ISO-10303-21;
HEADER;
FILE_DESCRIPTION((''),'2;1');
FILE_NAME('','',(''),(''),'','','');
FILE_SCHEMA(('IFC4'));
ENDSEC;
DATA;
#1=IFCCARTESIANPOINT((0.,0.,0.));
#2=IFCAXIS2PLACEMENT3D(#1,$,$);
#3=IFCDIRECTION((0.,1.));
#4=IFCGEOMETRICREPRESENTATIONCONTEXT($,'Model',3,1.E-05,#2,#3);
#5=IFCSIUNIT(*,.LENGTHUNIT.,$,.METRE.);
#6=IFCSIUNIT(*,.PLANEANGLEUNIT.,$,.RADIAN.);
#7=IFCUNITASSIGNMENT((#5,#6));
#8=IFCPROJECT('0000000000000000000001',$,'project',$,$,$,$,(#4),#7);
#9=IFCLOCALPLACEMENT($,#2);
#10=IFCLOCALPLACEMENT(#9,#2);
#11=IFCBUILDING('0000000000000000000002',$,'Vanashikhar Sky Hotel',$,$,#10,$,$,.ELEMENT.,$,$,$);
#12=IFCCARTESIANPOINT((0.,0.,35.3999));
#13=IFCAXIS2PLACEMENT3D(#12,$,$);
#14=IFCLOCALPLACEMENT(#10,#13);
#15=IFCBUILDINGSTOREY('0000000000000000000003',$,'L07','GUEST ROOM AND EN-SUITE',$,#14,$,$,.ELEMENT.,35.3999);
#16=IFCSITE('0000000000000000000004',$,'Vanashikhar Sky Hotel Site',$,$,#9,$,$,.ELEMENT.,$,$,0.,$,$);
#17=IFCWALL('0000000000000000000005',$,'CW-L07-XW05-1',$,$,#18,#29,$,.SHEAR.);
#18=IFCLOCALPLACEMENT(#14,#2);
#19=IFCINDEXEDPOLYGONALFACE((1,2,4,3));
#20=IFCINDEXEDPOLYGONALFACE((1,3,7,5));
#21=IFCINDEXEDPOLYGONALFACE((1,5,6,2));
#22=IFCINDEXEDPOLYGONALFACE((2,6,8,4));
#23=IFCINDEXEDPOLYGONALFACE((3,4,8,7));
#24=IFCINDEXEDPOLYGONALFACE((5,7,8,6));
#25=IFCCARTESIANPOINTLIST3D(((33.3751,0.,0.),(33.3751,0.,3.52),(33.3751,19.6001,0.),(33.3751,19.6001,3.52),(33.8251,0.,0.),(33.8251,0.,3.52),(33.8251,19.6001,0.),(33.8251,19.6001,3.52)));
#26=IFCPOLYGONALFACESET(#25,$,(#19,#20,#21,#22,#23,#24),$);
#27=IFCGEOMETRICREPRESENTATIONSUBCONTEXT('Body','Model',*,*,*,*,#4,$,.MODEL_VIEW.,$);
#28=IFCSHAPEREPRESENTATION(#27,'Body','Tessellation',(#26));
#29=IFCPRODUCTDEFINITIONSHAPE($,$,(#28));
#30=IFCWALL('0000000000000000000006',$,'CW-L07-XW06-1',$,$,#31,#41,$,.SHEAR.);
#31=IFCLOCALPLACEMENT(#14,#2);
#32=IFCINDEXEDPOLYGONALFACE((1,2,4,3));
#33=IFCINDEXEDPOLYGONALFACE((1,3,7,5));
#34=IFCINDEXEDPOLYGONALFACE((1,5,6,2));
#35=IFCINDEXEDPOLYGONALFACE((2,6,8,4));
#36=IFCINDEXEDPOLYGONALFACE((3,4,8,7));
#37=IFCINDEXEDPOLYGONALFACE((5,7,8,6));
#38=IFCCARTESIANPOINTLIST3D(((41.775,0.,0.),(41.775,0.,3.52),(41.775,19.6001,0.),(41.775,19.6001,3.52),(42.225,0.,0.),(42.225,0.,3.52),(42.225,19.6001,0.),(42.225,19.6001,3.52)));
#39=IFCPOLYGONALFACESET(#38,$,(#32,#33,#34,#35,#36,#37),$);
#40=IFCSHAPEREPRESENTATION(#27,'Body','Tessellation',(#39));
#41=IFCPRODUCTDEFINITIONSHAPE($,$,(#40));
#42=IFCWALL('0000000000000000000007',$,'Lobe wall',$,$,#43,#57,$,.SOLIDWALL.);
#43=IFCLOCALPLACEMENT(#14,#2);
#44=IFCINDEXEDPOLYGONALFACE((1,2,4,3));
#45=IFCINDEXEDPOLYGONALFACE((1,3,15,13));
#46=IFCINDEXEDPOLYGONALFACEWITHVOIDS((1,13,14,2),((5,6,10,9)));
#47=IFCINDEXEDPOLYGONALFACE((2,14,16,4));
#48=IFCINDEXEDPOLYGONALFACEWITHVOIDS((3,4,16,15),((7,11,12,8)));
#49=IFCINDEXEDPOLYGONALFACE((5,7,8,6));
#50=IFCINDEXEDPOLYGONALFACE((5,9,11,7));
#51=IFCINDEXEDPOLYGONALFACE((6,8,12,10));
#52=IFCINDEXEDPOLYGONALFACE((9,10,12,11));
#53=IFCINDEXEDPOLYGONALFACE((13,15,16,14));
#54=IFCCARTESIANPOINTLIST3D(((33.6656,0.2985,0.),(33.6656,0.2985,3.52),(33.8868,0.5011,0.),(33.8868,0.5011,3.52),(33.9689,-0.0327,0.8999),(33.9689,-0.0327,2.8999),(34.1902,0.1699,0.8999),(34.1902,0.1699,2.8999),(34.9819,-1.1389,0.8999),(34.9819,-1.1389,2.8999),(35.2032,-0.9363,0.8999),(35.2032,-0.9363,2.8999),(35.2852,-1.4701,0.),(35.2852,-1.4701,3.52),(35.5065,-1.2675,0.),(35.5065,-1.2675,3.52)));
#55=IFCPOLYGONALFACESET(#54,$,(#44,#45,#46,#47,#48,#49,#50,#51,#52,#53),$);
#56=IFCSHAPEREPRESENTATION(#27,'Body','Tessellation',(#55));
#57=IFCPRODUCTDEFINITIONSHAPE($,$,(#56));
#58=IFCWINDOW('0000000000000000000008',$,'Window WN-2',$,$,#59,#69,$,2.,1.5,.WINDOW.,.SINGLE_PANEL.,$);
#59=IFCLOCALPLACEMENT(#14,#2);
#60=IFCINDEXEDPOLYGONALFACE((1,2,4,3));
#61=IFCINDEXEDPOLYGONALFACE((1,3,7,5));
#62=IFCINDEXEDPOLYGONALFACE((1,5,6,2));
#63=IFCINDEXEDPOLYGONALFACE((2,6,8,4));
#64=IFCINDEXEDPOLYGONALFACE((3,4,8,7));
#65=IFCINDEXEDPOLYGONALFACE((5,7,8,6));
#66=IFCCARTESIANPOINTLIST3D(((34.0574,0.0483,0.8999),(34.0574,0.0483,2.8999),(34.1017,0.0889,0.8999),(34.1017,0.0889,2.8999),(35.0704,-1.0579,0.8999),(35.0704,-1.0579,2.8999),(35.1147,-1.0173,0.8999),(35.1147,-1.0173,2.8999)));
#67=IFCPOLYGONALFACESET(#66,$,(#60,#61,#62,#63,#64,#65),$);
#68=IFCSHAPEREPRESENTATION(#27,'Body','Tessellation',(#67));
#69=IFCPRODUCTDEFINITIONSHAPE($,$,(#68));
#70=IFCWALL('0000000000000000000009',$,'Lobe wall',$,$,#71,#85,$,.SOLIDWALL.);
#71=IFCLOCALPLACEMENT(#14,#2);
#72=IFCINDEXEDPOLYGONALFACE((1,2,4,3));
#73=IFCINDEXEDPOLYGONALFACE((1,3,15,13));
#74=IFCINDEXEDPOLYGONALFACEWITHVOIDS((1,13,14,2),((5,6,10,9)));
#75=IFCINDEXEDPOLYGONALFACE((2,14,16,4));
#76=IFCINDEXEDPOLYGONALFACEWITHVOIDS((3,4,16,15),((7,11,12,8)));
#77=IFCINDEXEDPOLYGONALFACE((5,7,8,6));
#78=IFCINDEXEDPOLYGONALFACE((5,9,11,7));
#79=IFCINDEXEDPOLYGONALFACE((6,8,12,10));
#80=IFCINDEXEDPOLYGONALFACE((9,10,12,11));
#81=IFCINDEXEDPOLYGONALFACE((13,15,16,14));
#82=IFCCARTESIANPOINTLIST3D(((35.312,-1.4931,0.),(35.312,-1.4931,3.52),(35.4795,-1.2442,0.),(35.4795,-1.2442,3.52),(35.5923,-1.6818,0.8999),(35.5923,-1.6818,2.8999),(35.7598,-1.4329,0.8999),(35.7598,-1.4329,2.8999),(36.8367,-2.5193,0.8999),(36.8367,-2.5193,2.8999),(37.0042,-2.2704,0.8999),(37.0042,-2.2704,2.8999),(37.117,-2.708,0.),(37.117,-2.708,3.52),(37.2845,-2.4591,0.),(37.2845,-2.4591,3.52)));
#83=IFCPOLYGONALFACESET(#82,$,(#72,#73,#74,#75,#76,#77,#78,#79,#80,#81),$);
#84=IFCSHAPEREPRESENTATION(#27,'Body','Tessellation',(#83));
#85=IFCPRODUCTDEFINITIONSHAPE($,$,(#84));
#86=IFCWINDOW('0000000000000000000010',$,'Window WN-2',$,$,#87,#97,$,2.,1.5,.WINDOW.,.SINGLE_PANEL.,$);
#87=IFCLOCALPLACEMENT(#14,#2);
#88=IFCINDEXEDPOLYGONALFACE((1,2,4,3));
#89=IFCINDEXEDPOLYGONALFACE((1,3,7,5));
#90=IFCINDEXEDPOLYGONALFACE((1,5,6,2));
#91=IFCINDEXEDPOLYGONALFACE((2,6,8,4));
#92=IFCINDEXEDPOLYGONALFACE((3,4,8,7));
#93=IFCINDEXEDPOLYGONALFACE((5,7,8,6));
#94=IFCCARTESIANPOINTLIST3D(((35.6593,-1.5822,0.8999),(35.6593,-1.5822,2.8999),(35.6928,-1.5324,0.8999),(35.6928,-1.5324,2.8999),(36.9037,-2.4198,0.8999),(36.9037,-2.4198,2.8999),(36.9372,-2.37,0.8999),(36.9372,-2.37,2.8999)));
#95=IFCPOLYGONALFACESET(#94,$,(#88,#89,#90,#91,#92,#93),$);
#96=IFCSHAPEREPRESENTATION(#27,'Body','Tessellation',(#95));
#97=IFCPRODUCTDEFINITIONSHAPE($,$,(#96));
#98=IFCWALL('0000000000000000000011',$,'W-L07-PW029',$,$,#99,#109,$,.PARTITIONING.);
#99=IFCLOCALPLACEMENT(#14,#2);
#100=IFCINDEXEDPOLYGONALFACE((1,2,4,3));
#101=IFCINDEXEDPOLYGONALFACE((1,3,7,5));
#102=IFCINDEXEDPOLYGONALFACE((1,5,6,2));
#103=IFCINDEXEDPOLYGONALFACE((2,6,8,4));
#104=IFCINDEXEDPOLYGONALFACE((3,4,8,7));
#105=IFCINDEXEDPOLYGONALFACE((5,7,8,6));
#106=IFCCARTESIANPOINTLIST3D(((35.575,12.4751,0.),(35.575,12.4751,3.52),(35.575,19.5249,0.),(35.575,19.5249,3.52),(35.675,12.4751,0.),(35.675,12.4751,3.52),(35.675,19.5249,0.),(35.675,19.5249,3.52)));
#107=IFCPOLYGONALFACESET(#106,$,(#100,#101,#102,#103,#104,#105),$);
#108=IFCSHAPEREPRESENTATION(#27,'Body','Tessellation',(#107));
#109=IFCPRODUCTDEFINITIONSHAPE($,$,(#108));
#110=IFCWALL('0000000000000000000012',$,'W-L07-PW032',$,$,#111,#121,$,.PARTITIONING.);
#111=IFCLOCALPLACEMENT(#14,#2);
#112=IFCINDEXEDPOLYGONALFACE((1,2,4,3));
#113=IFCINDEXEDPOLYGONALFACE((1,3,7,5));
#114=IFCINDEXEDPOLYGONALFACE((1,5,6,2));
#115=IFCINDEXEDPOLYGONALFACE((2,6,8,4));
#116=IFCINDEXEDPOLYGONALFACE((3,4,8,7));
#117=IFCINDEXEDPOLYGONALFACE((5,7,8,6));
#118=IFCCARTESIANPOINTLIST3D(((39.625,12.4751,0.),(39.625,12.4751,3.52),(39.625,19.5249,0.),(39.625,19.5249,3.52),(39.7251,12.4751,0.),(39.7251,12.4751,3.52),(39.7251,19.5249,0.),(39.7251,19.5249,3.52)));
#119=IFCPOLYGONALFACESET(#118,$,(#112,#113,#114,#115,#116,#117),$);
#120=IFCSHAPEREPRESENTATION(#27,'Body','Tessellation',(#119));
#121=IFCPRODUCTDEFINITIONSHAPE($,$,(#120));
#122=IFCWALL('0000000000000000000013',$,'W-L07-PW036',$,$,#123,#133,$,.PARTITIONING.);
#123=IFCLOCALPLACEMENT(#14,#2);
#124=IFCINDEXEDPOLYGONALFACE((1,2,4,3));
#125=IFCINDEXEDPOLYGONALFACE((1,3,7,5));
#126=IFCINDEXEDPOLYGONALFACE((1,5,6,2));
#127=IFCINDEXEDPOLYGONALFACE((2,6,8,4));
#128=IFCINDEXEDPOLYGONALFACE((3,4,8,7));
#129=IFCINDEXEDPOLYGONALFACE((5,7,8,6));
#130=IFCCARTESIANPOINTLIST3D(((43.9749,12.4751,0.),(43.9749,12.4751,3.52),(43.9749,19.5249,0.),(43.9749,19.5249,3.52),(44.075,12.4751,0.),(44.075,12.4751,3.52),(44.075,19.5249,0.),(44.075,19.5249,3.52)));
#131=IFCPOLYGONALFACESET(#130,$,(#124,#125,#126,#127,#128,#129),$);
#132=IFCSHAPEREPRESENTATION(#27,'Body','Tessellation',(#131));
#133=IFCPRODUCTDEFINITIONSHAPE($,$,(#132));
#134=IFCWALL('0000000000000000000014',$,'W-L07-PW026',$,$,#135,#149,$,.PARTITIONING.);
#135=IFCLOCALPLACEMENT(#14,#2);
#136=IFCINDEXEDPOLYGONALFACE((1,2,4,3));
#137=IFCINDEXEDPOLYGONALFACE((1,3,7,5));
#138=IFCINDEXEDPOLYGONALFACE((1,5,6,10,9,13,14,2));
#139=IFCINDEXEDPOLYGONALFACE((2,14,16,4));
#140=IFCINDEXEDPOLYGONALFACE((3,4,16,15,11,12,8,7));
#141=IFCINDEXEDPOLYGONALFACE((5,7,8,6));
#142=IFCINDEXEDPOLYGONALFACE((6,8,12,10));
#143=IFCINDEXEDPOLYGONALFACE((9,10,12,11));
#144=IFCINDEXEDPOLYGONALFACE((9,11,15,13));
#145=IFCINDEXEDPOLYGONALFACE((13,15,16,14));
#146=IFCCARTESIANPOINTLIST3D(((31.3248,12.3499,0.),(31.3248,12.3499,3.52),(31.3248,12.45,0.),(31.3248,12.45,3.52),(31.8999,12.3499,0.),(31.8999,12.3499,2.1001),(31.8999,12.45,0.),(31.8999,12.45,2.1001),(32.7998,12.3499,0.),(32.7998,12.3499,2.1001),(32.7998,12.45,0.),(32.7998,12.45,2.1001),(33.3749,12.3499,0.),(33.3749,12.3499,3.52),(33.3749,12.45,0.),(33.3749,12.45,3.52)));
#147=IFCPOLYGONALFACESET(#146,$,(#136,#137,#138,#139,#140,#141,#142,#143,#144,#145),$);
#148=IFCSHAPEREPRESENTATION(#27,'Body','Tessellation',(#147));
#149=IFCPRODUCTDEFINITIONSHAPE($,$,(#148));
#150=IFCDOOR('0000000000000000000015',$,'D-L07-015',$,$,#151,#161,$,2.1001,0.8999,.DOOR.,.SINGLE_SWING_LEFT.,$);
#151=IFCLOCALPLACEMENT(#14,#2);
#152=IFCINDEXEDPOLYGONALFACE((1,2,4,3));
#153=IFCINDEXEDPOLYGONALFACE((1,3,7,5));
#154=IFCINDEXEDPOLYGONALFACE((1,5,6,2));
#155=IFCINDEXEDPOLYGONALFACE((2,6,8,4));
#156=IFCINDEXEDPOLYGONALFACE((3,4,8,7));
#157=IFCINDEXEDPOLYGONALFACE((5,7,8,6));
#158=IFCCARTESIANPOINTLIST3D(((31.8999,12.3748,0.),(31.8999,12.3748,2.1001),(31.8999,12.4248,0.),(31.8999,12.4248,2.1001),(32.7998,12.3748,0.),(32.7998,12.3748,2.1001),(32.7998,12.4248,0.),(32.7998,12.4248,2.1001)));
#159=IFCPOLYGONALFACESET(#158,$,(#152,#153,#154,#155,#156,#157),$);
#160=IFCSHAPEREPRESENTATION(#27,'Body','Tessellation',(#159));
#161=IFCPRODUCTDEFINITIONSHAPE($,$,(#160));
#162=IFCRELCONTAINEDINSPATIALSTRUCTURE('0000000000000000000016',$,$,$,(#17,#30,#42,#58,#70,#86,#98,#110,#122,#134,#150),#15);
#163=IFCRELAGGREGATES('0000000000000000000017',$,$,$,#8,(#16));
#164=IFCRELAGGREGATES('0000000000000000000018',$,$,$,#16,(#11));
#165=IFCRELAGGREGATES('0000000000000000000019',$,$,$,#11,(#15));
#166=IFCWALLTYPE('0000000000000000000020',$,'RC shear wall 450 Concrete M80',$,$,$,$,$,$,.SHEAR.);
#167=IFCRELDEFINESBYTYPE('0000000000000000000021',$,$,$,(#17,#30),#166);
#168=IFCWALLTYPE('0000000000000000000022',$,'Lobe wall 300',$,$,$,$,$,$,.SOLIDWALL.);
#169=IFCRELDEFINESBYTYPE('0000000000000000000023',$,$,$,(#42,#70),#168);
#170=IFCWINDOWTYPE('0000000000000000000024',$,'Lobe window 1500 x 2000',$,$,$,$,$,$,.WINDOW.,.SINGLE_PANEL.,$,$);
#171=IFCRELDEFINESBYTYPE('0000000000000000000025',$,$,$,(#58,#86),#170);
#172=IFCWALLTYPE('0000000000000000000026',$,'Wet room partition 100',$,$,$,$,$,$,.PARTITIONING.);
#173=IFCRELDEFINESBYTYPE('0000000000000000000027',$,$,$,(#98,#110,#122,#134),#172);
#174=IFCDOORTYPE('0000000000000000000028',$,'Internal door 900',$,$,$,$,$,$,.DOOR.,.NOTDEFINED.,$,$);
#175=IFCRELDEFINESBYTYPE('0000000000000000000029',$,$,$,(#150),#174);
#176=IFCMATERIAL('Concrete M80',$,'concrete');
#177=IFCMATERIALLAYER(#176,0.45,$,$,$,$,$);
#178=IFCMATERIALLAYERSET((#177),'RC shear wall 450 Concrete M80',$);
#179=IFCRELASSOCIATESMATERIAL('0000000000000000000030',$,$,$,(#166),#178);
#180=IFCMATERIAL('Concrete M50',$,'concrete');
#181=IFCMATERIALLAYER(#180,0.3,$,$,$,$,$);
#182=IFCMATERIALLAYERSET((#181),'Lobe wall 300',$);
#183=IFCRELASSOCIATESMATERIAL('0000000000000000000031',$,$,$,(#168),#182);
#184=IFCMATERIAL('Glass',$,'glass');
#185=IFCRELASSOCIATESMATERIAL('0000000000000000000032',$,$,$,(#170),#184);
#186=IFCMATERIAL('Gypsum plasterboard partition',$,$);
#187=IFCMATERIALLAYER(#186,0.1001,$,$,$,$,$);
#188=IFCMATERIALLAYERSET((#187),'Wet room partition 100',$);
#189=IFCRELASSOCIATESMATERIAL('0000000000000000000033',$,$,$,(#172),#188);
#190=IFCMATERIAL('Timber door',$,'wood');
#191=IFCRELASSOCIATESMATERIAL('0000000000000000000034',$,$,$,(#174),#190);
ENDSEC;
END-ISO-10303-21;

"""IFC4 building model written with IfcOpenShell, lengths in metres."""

from ifc_helpers import new_model, si_unit, direction, frame, frame_2d, origin, place, context, subcontext, project, spatial, rectangle, extrude, source, transform, mapped, material, layer, layer_set, type_object, element, fill, save


model = new_model("IFC4")

# Units and contexts
model_context = context("Model", 3, precision=1e-05, world=origin(), true_north=direction((0.0, 1.0)))
body_context = subcontext(model_context, "Body", "Model", "MODEL_VIEW")
ifc_project = project(units=[si_unit("LENGTHUNIT", "METRE"), si_unit("PLANEANGLEUNIT", "RADIAN")], contexts=[model_context])

# Site, building, storey
site_placement = place(None, origin())
site = spatial("IfcSite", under=ifc_project, at=site_placement, Name="Vanashikhar Sky Hotel Site", CompositionType="ELEMENT", RefElevation=0.0)
building_placement = place(site_placement, origin())
building = spatial("IfcBuilding", under=site, at=building_placement, Name="Vanashikhar Sky Hotel", CompositionType="ELEMENT")
storey_placement = place(building_placement, frame((0.0, 0.0, 35.3999)))
storey = spatial("IfcBuildingStorey", under=building, at=storey_placement, Name="L07", Description="GUEST ROOM AND EN-SUITE", CompositionType="ELEMENT", Elevation=35.3999)

# Walls
ifc_material_1 = material(Name="Concrete M80", Category="concrete")
ifc_layer_1 = layer(ifc_material_1, 0.45)
ifc_layer_set_1 = layer_set([ifc_layer_1], Name="RC shear wall 450 Concrete M80")
wall_type_1 = type_object("IfcWallType", Name="RC shear wall 450 Concrete M80", PredefinedType="SHEAR", material=ifc_layer_set_1)
shared_shape_1 = source(origin(), body_context, "Body", "SweptSolid", [
    extrude(rectangle(XDim=19.6001, YDim=0.45, at=frame_2d((9.8, 0.0))), origin(), (0.0, 0.0, 1.0), 3.52),
])
for number, where, z_axis, x_axis, name in (
    (1, (33.6001, 0.0, 0.0), (0.0, 0.0, 1.0), (0.0, 1.0, 0.0), "CW-L07-XW05-1"),
    (2, (42.0, 0.0, 0.0), (0.0, 0.0, 1.0), (0.0, 1.0, 0.0), "CW-L07-XW06-1"),
):
    element("IfcWall", number, at=place(storey_placement, frame(where, z_axis=z_axis, x_axis=x_axis)), inside=storey, type_object=wall_type_1, Name=name, PredefinedType="SHEAR", context=body_context, shape_type="MappedRepresentation", body=[
        mapped(shared_shape_1, transform((0.0, 0.0, 0.0), scale=1.0)),
    ])

# Walls, openings, windows
ifc_material_2 = material(Name="Concrete M50", Category="concrete")
ifc_layer_2 = layer(ifc_material_2, 0.3)
ifc_layer_set_2 = layer_set([ifc_layer_2], Name="Lobe wall 300")
wall_type_2 = type_object("IfcWallType", Name="Lobe wall 300", PredefinedType="SOLIDWALL", material=ifc_layer_set_2)
shared_shape_2 = source(origin(), body_context, "Body", "SweptSolid", [
    extrude(rectangle(XDim=2.3982, YDim=0.3, at=frame_2d((1.1992, 0.0))), origin(), (0.0, 0.0, 1.0), 3.52),
])
wall_1_placement = place(storey_placement, frame((33.7761, 0.3999, 0.0), z_axis=(0.0, 0.0, 1.0), x_axis=(0.675374, -0.737475, 0.0)))
wall_1 = element("IfcWall", 3, at=wall_1_placement, inside=storey, type_object=wall_type_2, Name="Lobe wall", PredefinedType="SOLIDWALL", context=body_context, shape_type="MappedRepresentation", body=[
    mapped(shared_shape_2, transform((0.0, 0.0, 0.0), scale=1.0)),
])
shared_shape_3 = source(origin(), body_context, "Body", "SweptSolid", [
    extrude(rectangle(XDim=1.5, YDim=2.0, at=frame_2d((0.75, 1.0))), frame((0.0, 0.1602, 0.0), z_axis=(0.0, -1.0, 0.0), x_axis=(1.0, 0.0, 0.0)), (0.0, 0.0, 1.0), 0.3201),
])
opening_1_placement = place(wall_1_placement, frame((0.4492, 0.0, 0.8999)))
opening_1 = element("IfcOpeningElement", 4, at=opening_1_placement, cuts=wall_1, PredefinedType="OPENING", context=body_context, shape_type="MappedRepresentation", body=[
    mapped(shared_shape_3, transform((0.0, 0.0, 0.0), scale=1.0)),
])
ifc_material_3 = material(Name="Glass", Category="glass")
window_type = type_object("IfcWindowType", Name="Lobe window 1500 x 2000", PartitioningType="SINGLE_PANEL", PredefinedType="WINDOW", material=ifc_material_3)
shared_shape_4 = source(origin(), body_context, "Body", "SweptSolid", [
    extrude(rectangle(XDim=1.5, YDim=2.0, at=frame_2d((0.75, 1.0))), frame((0.0, 0.03, 0.0), z_axis=(0.0, -1.0, 0.0), x_axis=(1.0, 0.0, 0.0)), (0.0, 0.0, 1.0), 0.0601),
])
window_1_placement = place(opening_1_placement, origin())
window_1 = element("IfcWindow", 5, at=window_1_placement, inside=storey, type_object=window_type, Name="Window WN-2", OverallHeight=2.0, OverallWidth=1.5, PartitioningType="SINGLE_PANEL", PredefinedType="WINDOW", context=body_context, shape_type="MappedRepresentation", body=[
    mapped(shared_shape_4, transform((0.0, 0.0, 0.0), scale=1.0)),
])
fill(opening_1, window_1)
shared_shape_5 = source(origin(), body_context, "Body", "SweptSolid", [
    extrude(rectangle(XDim=2.1758, YDim=0.3, at=frame_2d((1.0879, 0.0))), origin(), (0.0, 0.0, 1.0), 3.52),
])
wall_2_placement = place(storey_placement, frame((35.3958, -1.3687, 0.0), z_axis=(0.0, 0.0, 1.0), x_axis=(0.829591, -0.558372, 0.0)))
wall_2 = element("IfcWall", 6, at=wall_2_placement, inside=storey, type_object=wall_type_2, Name="Lobe wall", PredefinedType="SOLIDWALL", context=body_context, shape_type="MappedRepresentation", body=[
    mapped(shared_shape_5, transform((0.0, 0.0, 0.0), scale=1.0)),
])
opening_2_placement = place(wall_2_placement, frame((0.3379, 0.0, 0.8999)))
opening_2 = element("IfcOpeningElement", 7, at=opening_2_placement, cuts=wall_2, PredefinedType="OPENING", context=body_context, shape_type="MappedRepresentation", body=[
    mapped(shared_shape_3, transform((0.0, 0.0, 0.0), scale=1.0)),
])
window_2_placement = place(opening_2_placement, origin())
window_2 = element("IfcWindow", 8, at=window_2_placement, inside=storey, type_object=window_type, Name="Window WN-2", OverallHeight=2.0, OverallWidth=1.5, PartitioningType="SINGLE_PANEL", PredefinedType="WINDOW", context=body_context, shape_type="MappedRepresentation", body=[
    mapped(shared_shape_4, transform((0.0, 0.0, 0.0), scale=1.0)),
])
fill(opening_2, window_2)

# Walls
ifc_material_4 = material(Name="Gypsum plasterboard partition")
ifc_layer_3 = layer(ifc_material_4, 0.1001)
ifc_layer_set_3 = layer_set([ifc_layer_3], Name="Wet room partition 100")
wall_type_3 = type_object("IfcWallType", Name="Wet room partition 100", PredefinedType="PARTITIONING", material=ifc_layer_set_3)
shared_shape_6 = source(origin(), body_context, "Body", "SweptSolid", [
    extrude(rectangle(XDim=7.0498, YDim=0.1001, at=frame_2d((3.5249, 0.0))), origin(), (0.0, 0.0, 1.0), 3.52),
])
for number, where, z_axis, x_axis, name in (
    (9, (35.625, 12.4751, 0.0), (0.0, 0.0, 1.0), (0.0, 1.0, 0.0), "W-L07-PW029"),
    (10, (39.675, 12.4751, 0.0), (0.0, 0.0, 1.0), (0.0, 1.0, 0.0), "W-L07-PW032"),
    (11, (44.0249, 12.4751, 0.0), (0.0, 0.0, 1.0), (0.0, 1.0, 0.0), "W-L07-PW036"),
):
    element("IfcWall", number, at=place(storey_placement, frame(where, z_axis=z_axis, x_axis=x_axis)), inside=storey, type_object=wall_type_3, Name=name, PredefinedType="PARTITIONING", context=body_context, shape_type="MappedRepresentation", body=[
        mapped(shared_shape_6, transform((0.0, 0.0, 0.0), scale=1.0)),
    ])

# Wall, opening, door
shared_shape_7 = source(origin(), body_context, "Body", "SweptSolid", [
    extrude(rectangle(XDim=2.05, YDim=0.1001, at=frame_2d((1.0249, 0.0))), origin(), (0.0, 0.0, 1.0), 3.52),
])
wall_3_placement = place(storey_placement, frame((31.325, 12.3999, 0.0), z_axis=(0.0, 0.0, 1.0), x_axis=(1.0, 0.0, 0.0)))
wall_3 = element("IfcWall", 12, at=wall_3_placement, inside=storey, type_object=wall_type_3, Name="W-L07-PW026", PredefinedType="PARTITIONING", context=body_context, shape_type="MappedRepresentation", body=[
    mapped(shared_shape_7, transform((0.0, 0.0, 0.0), scale=1.0)),
])
shared_shape_8 = source(origin(), body_context, "Body", "SweptSolid", [
    extrude(rectangle(XDim=0.8999, YDim=2.1001, at=frame_2d((0.45, 1.05))), frame((0.0, 0.0601, 0.0), z_axis=(0.0, -1.0, 0.0), x_axis=(1.0, 0.0, 0.0)), (0.0, 0.0, 1.0), 0.1201),
])
opening_3_placement = place(wall_3_placement, frame((0.575, 0.0, 0.0)))
opening_3 = element("IfcOpeningElement", 13, at=opening_3_placement, cuts=wall_3, PredefinedType="OPENING", context=body_context, shape_type="MappedRepresentation", body=[
    mapped(shared_shape_8, transform((0.0, 0.0, 0.0), scale=1.0)),
])
ifc_material_5 = material(Name="Timber door", Category="wood")
door_type = type_object("IfcDoorType", Name="Internal door 900", OperationType="NOTDEFINED", PredefinedType="DOOR", material=ifc_material_5)
shared_shape_9 = source(origin(), body_context, "Body", "SweptSolid", [
    extrude(rectangle(XDim=0.8999, YDim=2.1001, at=frame_2d((0.45, 1.05))), frame((0.0, 0.0249, 0.0), z_axis=(0.0, -1.0, 0.0), x_axis=(1.0, 0.0, 0.0)), (0.0, 0.0, 1.0), 0.05),
])
door_1_placement = place(opening_3_placement, origin())
door_1 = element("IfcDoor", 14, at=door_1_placement, inside=storey, type_object=door_type, Name="D-L07-015", OperationType="SINGLE_SWING_LEFT", OverallHeight=2.1001, OverallWidth=0.8999, PredefinedType="DOOR", context=body_context, shape_type="MappedRepresentation", body=[
    mapped(shared_shape_9, transform((0.0, 0.0, 0.0), scale=1.0)),
])
fill(opening_3, door_1)

save(model, "model.ifc")
